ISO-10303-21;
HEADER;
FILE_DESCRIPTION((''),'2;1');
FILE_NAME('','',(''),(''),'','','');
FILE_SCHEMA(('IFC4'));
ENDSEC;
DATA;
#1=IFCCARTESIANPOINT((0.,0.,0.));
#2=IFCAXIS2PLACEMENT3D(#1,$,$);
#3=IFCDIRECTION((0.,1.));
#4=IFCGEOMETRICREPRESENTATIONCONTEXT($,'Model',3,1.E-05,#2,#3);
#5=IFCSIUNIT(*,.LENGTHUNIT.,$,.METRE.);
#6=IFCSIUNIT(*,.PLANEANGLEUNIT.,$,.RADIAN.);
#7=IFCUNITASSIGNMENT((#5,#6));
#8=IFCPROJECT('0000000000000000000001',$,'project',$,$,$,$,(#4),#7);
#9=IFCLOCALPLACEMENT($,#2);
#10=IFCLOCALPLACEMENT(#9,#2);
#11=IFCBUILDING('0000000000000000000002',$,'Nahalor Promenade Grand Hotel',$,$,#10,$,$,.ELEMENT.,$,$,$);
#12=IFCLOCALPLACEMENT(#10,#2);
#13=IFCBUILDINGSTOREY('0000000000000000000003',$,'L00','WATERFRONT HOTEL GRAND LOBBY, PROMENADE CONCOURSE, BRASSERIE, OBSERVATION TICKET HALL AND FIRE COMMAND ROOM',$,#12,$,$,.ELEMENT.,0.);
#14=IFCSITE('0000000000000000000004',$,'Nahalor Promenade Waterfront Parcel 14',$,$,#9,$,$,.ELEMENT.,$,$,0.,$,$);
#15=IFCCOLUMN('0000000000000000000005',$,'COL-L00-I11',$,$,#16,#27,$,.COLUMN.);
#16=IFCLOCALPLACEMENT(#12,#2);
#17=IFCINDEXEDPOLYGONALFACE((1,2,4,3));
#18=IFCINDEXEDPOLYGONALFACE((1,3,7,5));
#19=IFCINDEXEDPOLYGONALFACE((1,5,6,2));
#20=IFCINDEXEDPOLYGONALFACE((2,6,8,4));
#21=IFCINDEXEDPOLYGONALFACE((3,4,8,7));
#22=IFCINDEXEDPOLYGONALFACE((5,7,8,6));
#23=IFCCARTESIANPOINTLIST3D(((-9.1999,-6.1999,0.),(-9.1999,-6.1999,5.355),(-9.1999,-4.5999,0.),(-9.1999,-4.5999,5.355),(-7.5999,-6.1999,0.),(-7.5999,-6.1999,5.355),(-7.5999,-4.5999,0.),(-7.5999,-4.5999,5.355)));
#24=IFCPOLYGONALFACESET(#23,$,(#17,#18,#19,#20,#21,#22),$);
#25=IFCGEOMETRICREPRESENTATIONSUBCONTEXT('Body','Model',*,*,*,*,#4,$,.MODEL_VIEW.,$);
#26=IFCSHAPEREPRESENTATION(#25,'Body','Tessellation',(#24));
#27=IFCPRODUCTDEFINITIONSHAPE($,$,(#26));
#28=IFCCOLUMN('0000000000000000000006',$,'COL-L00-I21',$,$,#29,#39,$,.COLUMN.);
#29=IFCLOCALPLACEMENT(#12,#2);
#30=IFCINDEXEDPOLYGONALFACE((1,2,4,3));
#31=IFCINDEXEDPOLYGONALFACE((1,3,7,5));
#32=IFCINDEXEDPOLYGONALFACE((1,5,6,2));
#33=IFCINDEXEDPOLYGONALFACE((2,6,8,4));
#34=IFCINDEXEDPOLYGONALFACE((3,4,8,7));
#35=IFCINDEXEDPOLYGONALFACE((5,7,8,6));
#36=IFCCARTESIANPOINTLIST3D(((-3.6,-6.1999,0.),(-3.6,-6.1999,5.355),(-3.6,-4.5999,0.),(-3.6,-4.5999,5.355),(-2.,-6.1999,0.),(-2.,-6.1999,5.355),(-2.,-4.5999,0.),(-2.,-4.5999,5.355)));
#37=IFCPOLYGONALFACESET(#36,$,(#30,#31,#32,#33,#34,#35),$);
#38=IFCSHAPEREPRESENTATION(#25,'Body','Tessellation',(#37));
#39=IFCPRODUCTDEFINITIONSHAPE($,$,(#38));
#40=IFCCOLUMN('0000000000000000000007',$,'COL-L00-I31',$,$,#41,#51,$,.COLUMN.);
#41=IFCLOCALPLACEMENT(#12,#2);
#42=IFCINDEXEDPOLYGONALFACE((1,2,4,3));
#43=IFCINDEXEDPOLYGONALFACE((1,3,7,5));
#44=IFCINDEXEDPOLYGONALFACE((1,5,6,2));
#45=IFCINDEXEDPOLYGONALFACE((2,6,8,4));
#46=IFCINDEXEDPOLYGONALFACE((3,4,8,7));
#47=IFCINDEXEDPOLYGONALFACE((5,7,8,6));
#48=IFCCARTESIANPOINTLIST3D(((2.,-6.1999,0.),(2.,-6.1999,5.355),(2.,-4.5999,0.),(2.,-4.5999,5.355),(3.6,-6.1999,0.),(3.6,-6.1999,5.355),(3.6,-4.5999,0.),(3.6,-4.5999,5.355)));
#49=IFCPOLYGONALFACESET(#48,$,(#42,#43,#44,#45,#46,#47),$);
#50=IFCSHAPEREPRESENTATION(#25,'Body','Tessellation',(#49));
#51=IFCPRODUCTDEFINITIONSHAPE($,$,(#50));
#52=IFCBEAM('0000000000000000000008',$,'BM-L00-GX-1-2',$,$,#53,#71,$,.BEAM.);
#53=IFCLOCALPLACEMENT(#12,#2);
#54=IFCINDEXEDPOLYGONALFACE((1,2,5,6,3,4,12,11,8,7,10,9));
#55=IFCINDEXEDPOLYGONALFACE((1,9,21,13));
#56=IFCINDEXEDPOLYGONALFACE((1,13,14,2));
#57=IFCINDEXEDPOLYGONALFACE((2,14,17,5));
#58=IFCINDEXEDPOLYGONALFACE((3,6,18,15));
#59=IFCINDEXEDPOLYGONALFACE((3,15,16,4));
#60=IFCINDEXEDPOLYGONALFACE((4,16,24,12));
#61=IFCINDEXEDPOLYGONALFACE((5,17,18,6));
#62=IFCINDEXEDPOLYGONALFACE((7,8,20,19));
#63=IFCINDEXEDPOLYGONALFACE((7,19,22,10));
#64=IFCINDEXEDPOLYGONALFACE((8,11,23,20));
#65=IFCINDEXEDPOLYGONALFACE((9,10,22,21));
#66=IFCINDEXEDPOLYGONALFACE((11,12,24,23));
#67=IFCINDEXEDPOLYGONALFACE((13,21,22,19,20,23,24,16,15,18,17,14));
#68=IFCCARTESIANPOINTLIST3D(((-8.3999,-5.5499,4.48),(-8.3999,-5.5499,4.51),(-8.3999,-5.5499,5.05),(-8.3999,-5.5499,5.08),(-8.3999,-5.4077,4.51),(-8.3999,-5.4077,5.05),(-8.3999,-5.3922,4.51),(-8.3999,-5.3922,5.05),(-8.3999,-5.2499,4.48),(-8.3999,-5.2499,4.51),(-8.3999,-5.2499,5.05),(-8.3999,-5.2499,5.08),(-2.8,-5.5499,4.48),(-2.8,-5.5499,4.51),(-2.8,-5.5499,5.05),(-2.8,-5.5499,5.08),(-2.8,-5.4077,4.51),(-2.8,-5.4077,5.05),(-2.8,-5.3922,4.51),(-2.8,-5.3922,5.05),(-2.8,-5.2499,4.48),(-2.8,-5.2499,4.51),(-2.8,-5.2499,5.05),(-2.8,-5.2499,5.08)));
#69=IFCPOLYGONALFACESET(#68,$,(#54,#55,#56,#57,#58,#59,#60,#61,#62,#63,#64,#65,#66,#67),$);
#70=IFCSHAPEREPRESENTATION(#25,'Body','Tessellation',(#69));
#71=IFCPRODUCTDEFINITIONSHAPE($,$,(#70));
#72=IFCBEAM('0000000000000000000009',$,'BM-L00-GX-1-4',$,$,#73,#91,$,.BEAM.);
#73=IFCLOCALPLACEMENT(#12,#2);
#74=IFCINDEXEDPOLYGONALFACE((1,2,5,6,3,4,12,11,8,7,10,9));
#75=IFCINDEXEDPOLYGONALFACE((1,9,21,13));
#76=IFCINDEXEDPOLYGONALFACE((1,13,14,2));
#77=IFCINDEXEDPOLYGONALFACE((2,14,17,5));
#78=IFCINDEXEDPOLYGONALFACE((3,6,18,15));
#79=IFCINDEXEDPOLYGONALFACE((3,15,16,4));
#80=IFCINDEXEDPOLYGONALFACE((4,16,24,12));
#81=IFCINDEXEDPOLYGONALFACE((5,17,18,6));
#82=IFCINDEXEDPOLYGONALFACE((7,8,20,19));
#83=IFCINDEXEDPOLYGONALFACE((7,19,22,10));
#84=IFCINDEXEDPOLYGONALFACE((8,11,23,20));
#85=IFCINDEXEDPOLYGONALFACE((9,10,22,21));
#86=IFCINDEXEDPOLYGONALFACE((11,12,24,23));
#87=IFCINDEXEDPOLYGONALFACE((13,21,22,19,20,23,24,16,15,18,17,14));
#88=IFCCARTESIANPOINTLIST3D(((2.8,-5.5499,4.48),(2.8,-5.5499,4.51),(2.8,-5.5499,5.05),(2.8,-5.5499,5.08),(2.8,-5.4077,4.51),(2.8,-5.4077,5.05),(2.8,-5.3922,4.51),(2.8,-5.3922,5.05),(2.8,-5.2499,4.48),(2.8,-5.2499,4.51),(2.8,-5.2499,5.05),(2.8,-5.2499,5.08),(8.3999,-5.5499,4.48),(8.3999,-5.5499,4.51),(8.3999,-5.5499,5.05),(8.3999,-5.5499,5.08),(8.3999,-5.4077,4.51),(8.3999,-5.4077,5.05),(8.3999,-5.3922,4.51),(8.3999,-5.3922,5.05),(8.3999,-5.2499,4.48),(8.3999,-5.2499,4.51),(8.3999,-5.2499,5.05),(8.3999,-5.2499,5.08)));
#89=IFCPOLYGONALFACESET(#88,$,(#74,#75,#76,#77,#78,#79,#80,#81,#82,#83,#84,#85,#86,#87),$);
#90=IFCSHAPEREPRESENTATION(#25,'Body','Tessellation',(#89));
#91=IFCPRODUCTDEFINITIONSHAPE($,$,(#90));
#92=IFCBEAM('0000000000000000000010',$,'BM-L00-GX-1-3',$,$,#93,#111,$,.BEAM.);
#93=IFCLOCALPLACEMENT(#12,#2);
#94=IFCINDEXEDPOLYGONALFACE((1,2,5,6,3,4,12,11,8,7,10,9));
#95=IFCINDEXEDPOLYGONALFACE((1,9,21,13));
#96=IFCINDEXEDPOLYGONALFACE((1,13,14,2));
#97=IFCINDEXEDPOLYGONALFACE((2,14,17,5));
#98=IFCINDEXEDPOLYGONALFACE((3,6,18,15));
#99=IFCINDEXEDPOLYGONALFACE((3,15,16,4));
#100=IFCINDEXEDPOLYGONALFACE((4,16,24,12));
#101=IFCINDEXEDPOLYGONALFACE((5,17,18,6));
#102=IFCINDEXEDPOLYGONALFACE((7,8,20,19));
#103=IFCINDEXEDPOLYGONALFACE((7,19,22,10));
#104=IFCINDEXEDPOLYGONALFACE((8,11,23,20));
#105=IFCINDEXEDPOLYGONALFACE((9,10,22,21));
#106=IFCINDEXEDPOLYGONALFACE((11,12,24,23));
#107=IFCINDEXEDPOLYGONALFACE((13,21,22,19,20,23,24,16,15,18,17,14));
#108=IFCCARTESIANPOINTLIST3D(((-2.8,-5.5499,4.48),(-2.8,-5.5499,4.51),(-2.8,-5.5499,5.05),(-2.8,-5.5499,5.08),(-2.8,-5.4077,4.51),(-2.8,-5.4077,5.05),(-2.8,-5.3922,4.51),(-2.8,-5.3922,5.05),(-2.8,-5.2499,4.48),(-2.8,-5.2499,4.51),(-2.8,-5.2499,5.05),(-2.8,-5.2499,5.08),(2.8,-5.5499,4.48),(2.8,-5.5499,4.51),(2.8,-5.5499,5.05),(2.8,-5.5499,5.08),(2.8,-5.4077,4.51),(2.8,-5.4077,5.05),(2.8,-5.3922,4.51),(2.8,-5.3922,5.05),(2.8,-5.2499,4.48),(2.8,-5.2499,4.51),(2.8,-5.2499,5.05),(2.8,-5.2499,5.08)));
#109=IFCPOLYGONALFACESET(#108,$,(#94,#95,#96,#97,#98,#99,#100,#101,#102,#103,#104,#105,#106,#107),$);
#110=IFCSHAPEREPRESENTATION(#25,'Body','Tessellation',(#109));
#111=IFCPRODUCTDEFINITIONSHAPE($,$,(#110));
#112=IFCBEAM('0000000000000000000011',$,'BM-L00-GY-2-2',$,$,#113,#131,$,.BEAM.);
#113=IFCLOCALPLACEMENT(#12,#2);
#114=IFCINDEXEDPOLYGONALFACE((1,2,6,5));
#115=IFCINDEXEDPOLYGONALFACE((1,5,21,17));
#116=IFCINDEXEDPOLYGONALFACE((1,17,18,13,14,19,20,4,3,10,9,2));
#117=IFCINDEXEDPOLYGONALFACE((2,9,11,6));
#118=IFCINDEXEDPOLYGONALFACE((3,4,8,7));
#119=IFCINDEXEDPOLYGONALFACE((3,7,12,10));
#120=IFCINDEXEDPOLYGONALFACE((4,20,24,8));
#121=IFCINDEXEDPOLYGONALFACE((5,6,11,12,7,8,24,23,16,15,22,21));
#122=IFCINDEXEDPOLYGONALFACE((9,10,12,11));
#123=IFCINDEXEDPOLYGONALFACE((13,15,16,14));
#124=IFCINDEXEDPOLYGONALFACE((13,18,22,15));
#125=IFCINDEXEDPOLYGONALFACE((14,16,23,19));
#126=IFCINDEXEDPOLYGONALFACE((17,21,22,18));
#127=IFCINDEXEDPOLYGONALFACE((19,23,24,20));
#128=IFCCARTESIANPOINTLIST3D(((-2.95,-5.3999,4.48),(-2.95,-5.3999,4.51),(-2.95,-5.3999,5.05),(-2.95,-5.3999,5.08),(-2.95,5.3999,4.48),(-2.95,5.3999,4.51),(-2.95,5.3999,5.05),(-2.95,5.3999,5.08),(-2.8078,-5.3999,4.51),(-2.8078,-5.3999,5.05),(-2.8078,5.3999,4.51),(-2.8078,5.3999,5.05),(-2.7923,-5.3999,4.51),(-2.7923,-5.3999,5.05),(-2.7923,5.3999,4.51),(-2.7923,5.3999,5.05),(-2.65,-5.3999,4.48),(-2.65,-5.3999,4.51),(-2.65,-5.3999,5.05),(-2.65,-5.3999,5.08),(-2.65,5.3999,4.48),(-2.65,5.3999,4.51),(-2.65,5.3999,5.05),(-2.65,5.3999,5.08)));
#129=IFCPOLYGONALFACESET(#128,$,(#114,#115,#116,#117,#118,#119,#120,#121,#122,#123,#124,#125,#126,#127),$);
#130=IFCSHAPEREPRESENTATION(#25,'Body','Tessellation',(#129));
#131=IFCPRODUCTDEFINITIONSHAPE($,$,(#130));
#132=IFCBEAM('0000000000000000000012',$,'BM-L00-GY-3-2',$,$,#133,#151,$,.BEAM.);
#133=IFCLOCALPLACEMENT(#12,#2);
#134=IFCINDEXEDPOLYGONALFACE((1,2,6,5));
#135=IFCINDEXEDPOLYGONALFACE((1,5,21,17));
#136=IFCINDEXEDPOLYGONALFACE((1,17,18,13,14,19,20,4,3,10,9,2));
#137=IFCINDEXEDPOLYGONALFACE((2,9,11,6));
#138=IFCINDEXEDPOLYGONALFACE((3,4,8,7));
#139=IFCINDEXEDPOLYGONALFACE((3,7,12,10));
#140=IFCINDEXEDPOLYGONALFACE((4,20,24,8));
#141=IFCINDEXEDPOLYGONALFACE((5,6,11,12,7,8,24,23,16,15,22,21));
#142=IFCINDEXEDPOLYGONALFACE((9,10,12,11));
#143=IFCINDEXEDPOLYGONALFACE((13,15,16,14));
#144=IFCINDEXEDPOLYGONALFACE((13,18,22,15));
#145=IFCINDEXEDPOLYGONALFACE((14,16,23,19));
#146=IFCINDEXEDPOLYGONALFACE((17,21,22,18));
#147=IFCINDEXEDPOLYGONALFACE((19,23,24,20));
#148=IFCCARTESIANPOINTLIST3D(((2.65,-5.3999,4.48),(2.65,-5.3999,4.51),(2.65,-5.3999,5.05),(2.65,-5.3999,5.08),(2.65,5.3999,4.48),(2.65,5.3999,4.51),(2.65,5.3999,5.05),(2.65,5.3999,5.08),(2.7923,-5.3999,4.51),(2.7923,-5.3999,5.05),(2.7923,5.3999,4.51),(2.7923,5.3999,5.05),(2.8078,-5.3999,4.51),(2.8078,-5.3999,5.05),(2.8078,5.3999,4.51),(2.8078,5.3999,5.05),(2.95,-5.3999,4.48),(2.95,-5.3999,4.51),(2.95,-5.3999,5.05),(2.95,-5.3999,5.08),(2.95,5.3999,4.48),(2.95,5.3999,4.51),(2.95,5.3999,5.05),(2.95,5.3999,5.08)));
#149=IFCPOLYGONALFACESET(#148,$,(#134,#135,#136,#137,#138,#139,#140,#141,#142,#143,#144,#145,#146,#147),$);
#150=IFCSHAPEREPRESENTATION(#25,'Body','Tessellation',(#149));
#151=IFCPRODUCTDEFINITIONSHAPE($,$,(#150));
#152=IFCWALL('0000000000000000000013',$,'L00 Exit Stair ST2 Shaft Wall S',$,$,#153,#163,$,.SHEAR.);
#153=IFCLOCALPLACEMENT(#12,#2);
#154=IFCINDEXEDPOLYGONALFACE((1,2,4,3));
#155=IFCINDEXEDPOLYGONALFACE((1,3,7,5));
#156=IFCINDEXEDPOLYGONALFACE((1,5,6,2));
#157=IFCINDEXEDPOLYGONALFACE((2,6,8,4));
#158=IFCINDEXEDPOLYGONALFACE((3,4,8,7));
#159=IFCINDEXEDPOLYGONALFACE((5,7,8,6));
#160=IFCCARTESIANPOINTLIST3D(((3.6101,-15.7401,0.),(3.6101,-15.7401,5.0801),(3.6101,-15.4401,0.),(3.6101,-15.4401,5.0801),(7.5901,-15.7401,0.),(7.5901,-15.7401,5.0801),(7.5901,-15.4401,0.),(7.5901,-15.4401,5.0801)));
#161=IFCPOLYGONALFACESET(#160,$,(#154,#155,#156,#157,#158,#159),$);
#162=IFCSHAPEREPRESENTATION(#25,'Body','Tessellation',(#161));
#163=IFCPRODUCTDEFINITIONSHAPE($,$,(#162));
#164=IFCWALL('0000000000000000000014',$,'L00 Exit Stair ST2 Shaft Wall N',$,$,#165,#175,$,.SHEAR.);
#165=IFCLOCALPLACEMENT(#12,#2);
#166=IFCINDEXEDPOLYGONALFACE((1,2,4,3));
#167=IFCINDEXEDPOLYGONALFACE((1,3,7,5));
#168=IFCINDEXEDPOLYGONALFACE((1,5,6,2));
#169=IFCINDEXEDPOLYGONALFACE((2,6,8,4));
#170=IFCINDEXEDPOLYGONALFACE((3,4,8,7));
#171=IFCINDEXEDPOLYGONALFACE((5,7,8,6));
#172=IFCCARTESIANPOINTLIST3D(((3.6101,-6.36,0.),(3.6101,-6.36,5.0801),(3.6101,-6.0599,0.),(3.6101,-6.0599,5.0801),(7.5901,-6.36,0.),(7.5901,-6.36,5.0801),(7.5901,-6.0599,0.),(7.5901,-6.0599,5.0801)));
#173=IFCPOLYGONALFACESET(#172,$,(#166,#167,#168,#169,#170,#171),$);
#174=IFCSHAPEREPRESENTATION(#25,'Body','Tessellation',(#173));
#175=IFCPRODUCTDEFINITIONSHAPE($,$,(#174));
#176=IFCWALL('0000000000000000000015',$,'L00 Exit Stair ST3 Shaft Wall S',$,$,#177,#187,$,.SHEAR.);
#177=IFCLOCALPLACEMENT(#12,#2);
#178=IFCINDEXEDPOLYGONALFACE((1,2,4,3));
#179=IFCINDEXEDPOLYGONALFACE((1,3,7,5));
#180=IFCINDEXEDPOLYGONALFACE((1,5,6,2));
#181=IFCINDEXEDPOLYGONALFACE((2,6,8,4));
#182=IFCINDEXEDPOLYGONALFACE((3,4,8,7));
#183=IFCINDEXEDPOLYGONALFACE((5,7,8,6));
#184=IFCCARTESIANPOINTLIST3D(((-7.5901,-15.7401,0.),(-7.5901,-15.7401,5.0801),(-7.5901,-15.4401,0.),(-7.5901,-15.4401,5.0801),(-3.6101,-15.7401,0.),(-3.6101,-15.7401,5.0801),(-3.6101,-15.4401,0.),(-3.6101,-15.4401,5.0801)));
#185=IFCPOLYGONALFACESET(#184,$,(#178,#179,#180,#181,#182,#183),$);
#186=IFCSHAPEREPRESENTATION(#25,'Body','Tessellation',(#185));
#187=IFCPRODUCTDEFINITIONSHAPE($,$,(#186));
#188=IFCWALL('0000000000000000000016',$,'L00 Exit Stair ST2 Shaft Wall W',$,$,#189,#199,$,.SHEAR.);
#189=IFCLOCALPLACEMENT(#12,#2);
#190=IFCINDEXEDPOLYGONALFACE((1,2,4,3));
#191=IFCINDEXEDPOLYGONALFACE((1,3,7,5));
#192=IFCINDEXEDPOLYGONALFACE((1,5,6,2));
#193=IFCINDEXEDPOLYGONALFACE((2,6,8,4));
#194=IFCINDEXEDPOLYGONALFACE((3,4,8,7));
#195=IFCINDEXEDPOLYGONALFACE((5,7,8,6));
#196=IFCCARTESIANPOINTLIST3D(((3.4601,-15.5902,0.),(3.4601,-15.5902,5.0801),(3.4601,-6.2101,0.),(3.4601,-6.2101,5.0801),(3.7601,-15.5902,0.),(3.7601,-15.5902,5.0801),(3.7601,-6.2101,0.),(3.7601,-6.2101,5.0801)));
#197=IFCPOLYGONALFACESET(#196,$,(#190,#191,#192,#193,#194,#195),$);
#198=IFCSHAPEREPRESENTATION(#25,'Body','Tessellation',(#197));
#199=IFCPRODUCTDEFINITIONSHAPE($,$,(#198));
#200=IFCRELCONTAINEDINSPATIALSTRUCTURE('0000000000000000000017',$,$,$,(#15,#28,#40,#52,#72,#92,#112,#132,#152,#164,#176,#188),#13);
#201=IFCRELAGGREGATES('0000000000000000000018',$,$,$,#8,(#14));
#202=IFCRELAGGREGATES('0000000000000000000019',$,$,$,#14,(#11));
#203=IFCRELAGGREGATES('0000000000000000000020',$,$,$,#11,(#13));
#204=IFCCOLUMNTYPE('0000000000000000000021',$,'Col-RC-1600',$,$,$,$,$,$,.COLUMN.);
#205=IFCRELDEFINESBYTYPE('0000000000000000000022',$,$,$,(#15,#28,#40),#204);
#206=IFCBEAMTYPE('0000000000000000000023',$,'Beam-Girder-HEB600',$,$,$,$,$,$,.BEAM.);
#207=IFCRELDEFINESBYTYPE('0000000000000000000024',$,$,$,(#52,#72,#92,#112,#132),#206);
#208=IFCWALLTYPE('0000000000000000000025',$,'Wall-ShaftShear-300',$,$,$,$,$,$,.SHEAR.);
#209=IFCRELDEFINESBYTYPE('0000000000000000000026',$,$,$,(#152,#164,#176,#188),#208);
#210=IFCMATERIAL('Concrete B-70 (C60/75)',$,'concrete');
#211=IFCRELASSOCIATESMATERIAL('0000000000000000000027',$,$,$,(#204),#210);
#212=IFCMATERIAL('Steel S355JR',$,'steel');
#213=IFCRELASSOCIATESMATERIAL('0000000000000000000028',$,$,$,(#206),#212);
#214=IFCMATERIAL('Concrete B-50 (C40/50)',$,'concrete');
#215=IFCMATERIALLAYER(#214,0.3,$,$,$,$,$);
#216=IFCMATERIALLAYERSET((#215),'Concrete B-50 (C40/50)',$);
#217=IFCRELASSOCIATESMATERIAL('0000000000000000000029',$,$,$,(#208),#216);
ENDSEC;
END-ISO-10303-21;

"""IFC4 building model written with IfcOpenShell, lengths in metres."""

from ifc_helpers import new_model, si_unit, direction, frame, frame_2d, origin, origin_2d, place, context, subcontext, project, spatial, rectangle, i_section, extrude, source, transform, mapped, material, layer, layer_set, material_profile, profile_set, type_object, element, save


model = new_model("IFC4")

# Units and contexts
model_context = context("Model", 3, precision=1e-05, world=origin(), true_north=direction((0.0, 1.0)))
body_context = subcontext(model_context, "Body", "Model", "MODEL_VIEW")
ifc_project = project(units=[si_unit("LENGTHUNIT", "METRE"), si_unit("PLANEANGLEUNIT", "RADIAN")], contexts=[model_context])

# Site, building, storey
site_placement = place(None, origin())
site = spatial("IfcSite", under=ifc_project, at=site_placement, Name="Nahalor Promenade Waterfront Parcel 14", CompositionType="ELEMENT", RefElevation=0.0)
building_placement = place(site_placement, origin())
building = spatial("IfcBuilding", under=site, at=building_placement, Name="Nahalor Promenade Grand Hotel", CompositionType="ELEMENT")
storey_placement = place(building_placement, origin())
storey = spatial("IfcBuildingStorey", under=building, at=storey_placement, Name="L00", Description="WATERFRONT HOTEL GRAND LOBBY, PROMENADE CONCOURSE, BRASSERIE, OBSERVATION TICKET HALL AND FIRE COMMAND ROOM", CompositionType="ELEMENT", Elevation=0.0)

# Columns
ifc_material_1 = material(Name="Concrete B-70 (C60/75)", Category="concrete")
ifc_material_profile_1 = material_profile(ifc_material_1, rectangle(XDim=1.6, YDim=1.6, at=origin_2d()), Name="RC 1600x1600")
ifc_profile_set_1 = profile_set([ifc_material_profile_1], Name="Concrete B-70 (C60/75)")
column_type = type_object("IfcColumnType", Name="Col-RC-1600", PredefinedType="COLUMN", material=ifc_profile_set_1)
shared_shape_1 = source(origin(), body_context, "Body", "SweptSolid", [
    extrude(rectangle(XDim=1.6, YDim=1.6, at=origin_2d()), origin(), (0.0, 0.0, 1.0), 5.355),
])
for number, where, z_axis, x_axis, name in (
    (1, (-8.3999, -5.3999, 0.0), (0.0, 0.0, 1.0), (1.0, 0.0, 0.0), "COL-L00-I11"),
    (2, (-2.8, -5.3999, 0.0), (0.0, 0.0, 1.0), (1.0, 0.0, 0.0), "COL-L00-I21"),
    (3, (2.8, -5.3999, 0.0), (0.0, 0.0, 1.0), (1.0, 0.0, 0.0), "COL-L00-I31"),
):
    element("IfcColumn", number, at=place(storey_placement, frame(where, z_axis=z_axis, x_axis=x_axis)), inside=storey, type_object=column_type, Name=name, PredefinedType="COLUMN", context=body_context, shape_type="MappedRepresentation", body=[
        mapped(shared_shape_1, transform((0.0, 0.0, 0.0), scale=1.0)),
    ])

# Beams
ifc_material_2 = material(Name="Steel S355JR", Category="steel")
ifc_material_profile_2 = material_profile(ifc_material_2, i_section(OverallWidth=0.3, OverallDepth=0.6, WebThickness=0.0155, FlangeThickness=0.03, at=origin_2d()), Name="HEB 600")
ifc_profile_set_2 = profile_set([ifc_material_profile_2], Name="Steel S355JR")
beam_type = type_object("IfcBeamType", Name="Beam-Girder-HEB600", PredefinedType="BEAM", material=ifc_profile_set_2)
shared_shape_2 = source(origin(), body_context, "Body", "SweptSolid", [
    extrude(i_section(OverallWidth=0.3, OverallDepth=0.6, WebThickness=0.0155, FlangeThickness=0.03, at=origin_2d()), origin(), (0.0, 0.0, 1.0), 5.5999),
])
for number, where, z_axis, x_axis, name in (
    (4, (-8.3999, -5.3999, 4.78), (1.0, 0.0, 0.0), (0.0, 1.0, 0.0), "BM-L00-GX-1-2"),
    (5, (2.8, -5.3999, 4.78), (1.0, 0.0, 0.0), (0.0, 1.0, 0.0), "BM-L00-GX-1-4"),
):
    element("IfcBeam", number, at=place(storey_placement, frame(where, z_axis=z_axis, x_axis=x_axis)), inside=storey, type_object=beam_type, Name=name, PredefinedType="BEAM", context=body_context, shape_type="MappedRepresentation", body=[
        mapped(shared_shape_2, transform((0.0, 0.0, 0.0), scale=1.0)),
    ])
shared_shape_3 = source(origin(), body_context, "Body", "SweptSolid", [
    extrude(i_section(OverallWidth=0.3, OverallDepth=0.6, WebThickness=0.0155, FlangeThickness=0.03, at=origin_2d()), origin(), (0.0, 0.0, 1.0), 5.6001),
])
beam_placement = place(storey_placement, frame((-2.8, -5.3999, 4.78), z_axis=(1.0, 0.0, 0.0), x_axis=(0.0, 1.0, 0.0)))
element("IfcBeam", 6, at=beam_placement, inside=storey, type_object=beam_type, Name="BM-L00-GX-1-3", PredefinedType="BEAM", context=body_context, shape_type="MappedRepresentation", body=[
    mapped(shared_shape_3, transform((0.0, 0.0, 0.0), scale=1.0)),
])
shared_shape_4 = source(origin(), body_context, "Body", "SweptSolid", [
    extrude(i_section(OverallWidth=0.3, OverallDepth=0.6, WebThickness=0.0155, FlangeThickness=0.03, at=origin_2d()), origin(), (0.0, 0.0, 1.0), 10.7998),
])
for number, where, z_axis, x_axis, name in (
    (7, (-2.8, -5.3999, 4.78), (0.0, 1.0, 0.0), (-1.0, 0.0, 0.0), "BM-L00-GY-2-2"),
    (8, (2.8, -5.3999, 4.78), (0.0, 1.0, 0.0), (-1.0, 0.0, 0.0), "BM-L00-GY-3-2"),
):
    element("IfcBeam", number, at=place(storey_placement, frame(where, z_axis=z_axis, x_axis=x_axis)), inside=storey, type_object=beam_type, Name=name, PredefinedType="BEAM", context=body_context, shape_type="MappedRepresentation", body=[
        mapped(shared_shape_4, transform((0.0, 0.0, 0.0), scale=1.0)),
    ])

# Walls
ifc_material_3 = material(Name="Concrete B-50 (C40/50)", Category="concrete")
ifc_layer_1 = layer(ifc_material_3, 0.3)
ifc_layer_set_1 = layer_set([ifc_layer_1], Name="Concrete B-50 (C40/50)")
wall_type_1 = type_object("IfcWallType", Name="Wall-ShaftShear-300", PredefinedType="SHEAR", material=ifc_layer_set_1)
shared_shape_5 = source(origin(), body_context, "Body", "SweptSolid", [
    extrude(rectangle(XDim=3.98, YDim=0.3, at=frame_2d((1.99, 0.0))), origin(), (0.0, 0.0, 1.0), 5.0801),
])
for number, where, z_axis, x_axis, name in (
    (9, (3.6101, -15.5901, 0.0), (0.0, 0.0, 1.0), (1.0, 0.0, 0.0), "L00 Exit Stair ST2 Shaft Wall S"),
    (10, (3.6101, -6.21, 0.0), (0.0, 0.0, 1.0), (1.0, 0.0, 0.0), "L00 Exit Stair ST2 Shaft Wall N"),
    (11, (-7.5901, -15.5901, 0.0), (0.0, 0.0, 1.0), (1.0, 0.0, 0.0), "L00 Exit Stair ST3 Shaft Wall S"),
):
    element("IfcWall", number, at=place(storey_placement, frame(where, z_axis=z_axis, x_axis=x_axis)), inside=storey, type_object=wall_type_1, Name=name, PredefinedType="SHEAR", context=body_context, shape_type="MappedRepresentation", body=[
        mapped(shared_shape_5, transform((0.0, 0.0, 0.0), scale=1.0)),
    ])

# Wall
shared_shape_6 = source(origin(), body_context, "Body", "SweptSolid", [
    extrude(rectangle(XDim=9.3801, YDim=0.3, at=frame_2d((4.6899, 0.0))), origin(), (0.0, 0.0, 1.0), 5.0801),
])
for number, where, z_axis, x_axis, name in (
    (12, (3.6101, -15.5901, 0.0), (0.0, 0.0, 1.0), (0.0, 1.0, 0.0), "L00 Exit Stair ST2 Shaft Wall W"),
):
    element("IfcWall", number, at=place(storey_placement, frame(where, z_axis=z_axis, x_axis=x_axis)), inside=storey, type_object=wall_type_1, Name=name, PredefinedType="SHEAR", context=body_context, shape_type="MappedRepresentation", body=[
        mapped(shared_shape_6, transform((0.0, 0.0, 0.0), scale=1.0)),
    ])

save(model, "model.ifc")
